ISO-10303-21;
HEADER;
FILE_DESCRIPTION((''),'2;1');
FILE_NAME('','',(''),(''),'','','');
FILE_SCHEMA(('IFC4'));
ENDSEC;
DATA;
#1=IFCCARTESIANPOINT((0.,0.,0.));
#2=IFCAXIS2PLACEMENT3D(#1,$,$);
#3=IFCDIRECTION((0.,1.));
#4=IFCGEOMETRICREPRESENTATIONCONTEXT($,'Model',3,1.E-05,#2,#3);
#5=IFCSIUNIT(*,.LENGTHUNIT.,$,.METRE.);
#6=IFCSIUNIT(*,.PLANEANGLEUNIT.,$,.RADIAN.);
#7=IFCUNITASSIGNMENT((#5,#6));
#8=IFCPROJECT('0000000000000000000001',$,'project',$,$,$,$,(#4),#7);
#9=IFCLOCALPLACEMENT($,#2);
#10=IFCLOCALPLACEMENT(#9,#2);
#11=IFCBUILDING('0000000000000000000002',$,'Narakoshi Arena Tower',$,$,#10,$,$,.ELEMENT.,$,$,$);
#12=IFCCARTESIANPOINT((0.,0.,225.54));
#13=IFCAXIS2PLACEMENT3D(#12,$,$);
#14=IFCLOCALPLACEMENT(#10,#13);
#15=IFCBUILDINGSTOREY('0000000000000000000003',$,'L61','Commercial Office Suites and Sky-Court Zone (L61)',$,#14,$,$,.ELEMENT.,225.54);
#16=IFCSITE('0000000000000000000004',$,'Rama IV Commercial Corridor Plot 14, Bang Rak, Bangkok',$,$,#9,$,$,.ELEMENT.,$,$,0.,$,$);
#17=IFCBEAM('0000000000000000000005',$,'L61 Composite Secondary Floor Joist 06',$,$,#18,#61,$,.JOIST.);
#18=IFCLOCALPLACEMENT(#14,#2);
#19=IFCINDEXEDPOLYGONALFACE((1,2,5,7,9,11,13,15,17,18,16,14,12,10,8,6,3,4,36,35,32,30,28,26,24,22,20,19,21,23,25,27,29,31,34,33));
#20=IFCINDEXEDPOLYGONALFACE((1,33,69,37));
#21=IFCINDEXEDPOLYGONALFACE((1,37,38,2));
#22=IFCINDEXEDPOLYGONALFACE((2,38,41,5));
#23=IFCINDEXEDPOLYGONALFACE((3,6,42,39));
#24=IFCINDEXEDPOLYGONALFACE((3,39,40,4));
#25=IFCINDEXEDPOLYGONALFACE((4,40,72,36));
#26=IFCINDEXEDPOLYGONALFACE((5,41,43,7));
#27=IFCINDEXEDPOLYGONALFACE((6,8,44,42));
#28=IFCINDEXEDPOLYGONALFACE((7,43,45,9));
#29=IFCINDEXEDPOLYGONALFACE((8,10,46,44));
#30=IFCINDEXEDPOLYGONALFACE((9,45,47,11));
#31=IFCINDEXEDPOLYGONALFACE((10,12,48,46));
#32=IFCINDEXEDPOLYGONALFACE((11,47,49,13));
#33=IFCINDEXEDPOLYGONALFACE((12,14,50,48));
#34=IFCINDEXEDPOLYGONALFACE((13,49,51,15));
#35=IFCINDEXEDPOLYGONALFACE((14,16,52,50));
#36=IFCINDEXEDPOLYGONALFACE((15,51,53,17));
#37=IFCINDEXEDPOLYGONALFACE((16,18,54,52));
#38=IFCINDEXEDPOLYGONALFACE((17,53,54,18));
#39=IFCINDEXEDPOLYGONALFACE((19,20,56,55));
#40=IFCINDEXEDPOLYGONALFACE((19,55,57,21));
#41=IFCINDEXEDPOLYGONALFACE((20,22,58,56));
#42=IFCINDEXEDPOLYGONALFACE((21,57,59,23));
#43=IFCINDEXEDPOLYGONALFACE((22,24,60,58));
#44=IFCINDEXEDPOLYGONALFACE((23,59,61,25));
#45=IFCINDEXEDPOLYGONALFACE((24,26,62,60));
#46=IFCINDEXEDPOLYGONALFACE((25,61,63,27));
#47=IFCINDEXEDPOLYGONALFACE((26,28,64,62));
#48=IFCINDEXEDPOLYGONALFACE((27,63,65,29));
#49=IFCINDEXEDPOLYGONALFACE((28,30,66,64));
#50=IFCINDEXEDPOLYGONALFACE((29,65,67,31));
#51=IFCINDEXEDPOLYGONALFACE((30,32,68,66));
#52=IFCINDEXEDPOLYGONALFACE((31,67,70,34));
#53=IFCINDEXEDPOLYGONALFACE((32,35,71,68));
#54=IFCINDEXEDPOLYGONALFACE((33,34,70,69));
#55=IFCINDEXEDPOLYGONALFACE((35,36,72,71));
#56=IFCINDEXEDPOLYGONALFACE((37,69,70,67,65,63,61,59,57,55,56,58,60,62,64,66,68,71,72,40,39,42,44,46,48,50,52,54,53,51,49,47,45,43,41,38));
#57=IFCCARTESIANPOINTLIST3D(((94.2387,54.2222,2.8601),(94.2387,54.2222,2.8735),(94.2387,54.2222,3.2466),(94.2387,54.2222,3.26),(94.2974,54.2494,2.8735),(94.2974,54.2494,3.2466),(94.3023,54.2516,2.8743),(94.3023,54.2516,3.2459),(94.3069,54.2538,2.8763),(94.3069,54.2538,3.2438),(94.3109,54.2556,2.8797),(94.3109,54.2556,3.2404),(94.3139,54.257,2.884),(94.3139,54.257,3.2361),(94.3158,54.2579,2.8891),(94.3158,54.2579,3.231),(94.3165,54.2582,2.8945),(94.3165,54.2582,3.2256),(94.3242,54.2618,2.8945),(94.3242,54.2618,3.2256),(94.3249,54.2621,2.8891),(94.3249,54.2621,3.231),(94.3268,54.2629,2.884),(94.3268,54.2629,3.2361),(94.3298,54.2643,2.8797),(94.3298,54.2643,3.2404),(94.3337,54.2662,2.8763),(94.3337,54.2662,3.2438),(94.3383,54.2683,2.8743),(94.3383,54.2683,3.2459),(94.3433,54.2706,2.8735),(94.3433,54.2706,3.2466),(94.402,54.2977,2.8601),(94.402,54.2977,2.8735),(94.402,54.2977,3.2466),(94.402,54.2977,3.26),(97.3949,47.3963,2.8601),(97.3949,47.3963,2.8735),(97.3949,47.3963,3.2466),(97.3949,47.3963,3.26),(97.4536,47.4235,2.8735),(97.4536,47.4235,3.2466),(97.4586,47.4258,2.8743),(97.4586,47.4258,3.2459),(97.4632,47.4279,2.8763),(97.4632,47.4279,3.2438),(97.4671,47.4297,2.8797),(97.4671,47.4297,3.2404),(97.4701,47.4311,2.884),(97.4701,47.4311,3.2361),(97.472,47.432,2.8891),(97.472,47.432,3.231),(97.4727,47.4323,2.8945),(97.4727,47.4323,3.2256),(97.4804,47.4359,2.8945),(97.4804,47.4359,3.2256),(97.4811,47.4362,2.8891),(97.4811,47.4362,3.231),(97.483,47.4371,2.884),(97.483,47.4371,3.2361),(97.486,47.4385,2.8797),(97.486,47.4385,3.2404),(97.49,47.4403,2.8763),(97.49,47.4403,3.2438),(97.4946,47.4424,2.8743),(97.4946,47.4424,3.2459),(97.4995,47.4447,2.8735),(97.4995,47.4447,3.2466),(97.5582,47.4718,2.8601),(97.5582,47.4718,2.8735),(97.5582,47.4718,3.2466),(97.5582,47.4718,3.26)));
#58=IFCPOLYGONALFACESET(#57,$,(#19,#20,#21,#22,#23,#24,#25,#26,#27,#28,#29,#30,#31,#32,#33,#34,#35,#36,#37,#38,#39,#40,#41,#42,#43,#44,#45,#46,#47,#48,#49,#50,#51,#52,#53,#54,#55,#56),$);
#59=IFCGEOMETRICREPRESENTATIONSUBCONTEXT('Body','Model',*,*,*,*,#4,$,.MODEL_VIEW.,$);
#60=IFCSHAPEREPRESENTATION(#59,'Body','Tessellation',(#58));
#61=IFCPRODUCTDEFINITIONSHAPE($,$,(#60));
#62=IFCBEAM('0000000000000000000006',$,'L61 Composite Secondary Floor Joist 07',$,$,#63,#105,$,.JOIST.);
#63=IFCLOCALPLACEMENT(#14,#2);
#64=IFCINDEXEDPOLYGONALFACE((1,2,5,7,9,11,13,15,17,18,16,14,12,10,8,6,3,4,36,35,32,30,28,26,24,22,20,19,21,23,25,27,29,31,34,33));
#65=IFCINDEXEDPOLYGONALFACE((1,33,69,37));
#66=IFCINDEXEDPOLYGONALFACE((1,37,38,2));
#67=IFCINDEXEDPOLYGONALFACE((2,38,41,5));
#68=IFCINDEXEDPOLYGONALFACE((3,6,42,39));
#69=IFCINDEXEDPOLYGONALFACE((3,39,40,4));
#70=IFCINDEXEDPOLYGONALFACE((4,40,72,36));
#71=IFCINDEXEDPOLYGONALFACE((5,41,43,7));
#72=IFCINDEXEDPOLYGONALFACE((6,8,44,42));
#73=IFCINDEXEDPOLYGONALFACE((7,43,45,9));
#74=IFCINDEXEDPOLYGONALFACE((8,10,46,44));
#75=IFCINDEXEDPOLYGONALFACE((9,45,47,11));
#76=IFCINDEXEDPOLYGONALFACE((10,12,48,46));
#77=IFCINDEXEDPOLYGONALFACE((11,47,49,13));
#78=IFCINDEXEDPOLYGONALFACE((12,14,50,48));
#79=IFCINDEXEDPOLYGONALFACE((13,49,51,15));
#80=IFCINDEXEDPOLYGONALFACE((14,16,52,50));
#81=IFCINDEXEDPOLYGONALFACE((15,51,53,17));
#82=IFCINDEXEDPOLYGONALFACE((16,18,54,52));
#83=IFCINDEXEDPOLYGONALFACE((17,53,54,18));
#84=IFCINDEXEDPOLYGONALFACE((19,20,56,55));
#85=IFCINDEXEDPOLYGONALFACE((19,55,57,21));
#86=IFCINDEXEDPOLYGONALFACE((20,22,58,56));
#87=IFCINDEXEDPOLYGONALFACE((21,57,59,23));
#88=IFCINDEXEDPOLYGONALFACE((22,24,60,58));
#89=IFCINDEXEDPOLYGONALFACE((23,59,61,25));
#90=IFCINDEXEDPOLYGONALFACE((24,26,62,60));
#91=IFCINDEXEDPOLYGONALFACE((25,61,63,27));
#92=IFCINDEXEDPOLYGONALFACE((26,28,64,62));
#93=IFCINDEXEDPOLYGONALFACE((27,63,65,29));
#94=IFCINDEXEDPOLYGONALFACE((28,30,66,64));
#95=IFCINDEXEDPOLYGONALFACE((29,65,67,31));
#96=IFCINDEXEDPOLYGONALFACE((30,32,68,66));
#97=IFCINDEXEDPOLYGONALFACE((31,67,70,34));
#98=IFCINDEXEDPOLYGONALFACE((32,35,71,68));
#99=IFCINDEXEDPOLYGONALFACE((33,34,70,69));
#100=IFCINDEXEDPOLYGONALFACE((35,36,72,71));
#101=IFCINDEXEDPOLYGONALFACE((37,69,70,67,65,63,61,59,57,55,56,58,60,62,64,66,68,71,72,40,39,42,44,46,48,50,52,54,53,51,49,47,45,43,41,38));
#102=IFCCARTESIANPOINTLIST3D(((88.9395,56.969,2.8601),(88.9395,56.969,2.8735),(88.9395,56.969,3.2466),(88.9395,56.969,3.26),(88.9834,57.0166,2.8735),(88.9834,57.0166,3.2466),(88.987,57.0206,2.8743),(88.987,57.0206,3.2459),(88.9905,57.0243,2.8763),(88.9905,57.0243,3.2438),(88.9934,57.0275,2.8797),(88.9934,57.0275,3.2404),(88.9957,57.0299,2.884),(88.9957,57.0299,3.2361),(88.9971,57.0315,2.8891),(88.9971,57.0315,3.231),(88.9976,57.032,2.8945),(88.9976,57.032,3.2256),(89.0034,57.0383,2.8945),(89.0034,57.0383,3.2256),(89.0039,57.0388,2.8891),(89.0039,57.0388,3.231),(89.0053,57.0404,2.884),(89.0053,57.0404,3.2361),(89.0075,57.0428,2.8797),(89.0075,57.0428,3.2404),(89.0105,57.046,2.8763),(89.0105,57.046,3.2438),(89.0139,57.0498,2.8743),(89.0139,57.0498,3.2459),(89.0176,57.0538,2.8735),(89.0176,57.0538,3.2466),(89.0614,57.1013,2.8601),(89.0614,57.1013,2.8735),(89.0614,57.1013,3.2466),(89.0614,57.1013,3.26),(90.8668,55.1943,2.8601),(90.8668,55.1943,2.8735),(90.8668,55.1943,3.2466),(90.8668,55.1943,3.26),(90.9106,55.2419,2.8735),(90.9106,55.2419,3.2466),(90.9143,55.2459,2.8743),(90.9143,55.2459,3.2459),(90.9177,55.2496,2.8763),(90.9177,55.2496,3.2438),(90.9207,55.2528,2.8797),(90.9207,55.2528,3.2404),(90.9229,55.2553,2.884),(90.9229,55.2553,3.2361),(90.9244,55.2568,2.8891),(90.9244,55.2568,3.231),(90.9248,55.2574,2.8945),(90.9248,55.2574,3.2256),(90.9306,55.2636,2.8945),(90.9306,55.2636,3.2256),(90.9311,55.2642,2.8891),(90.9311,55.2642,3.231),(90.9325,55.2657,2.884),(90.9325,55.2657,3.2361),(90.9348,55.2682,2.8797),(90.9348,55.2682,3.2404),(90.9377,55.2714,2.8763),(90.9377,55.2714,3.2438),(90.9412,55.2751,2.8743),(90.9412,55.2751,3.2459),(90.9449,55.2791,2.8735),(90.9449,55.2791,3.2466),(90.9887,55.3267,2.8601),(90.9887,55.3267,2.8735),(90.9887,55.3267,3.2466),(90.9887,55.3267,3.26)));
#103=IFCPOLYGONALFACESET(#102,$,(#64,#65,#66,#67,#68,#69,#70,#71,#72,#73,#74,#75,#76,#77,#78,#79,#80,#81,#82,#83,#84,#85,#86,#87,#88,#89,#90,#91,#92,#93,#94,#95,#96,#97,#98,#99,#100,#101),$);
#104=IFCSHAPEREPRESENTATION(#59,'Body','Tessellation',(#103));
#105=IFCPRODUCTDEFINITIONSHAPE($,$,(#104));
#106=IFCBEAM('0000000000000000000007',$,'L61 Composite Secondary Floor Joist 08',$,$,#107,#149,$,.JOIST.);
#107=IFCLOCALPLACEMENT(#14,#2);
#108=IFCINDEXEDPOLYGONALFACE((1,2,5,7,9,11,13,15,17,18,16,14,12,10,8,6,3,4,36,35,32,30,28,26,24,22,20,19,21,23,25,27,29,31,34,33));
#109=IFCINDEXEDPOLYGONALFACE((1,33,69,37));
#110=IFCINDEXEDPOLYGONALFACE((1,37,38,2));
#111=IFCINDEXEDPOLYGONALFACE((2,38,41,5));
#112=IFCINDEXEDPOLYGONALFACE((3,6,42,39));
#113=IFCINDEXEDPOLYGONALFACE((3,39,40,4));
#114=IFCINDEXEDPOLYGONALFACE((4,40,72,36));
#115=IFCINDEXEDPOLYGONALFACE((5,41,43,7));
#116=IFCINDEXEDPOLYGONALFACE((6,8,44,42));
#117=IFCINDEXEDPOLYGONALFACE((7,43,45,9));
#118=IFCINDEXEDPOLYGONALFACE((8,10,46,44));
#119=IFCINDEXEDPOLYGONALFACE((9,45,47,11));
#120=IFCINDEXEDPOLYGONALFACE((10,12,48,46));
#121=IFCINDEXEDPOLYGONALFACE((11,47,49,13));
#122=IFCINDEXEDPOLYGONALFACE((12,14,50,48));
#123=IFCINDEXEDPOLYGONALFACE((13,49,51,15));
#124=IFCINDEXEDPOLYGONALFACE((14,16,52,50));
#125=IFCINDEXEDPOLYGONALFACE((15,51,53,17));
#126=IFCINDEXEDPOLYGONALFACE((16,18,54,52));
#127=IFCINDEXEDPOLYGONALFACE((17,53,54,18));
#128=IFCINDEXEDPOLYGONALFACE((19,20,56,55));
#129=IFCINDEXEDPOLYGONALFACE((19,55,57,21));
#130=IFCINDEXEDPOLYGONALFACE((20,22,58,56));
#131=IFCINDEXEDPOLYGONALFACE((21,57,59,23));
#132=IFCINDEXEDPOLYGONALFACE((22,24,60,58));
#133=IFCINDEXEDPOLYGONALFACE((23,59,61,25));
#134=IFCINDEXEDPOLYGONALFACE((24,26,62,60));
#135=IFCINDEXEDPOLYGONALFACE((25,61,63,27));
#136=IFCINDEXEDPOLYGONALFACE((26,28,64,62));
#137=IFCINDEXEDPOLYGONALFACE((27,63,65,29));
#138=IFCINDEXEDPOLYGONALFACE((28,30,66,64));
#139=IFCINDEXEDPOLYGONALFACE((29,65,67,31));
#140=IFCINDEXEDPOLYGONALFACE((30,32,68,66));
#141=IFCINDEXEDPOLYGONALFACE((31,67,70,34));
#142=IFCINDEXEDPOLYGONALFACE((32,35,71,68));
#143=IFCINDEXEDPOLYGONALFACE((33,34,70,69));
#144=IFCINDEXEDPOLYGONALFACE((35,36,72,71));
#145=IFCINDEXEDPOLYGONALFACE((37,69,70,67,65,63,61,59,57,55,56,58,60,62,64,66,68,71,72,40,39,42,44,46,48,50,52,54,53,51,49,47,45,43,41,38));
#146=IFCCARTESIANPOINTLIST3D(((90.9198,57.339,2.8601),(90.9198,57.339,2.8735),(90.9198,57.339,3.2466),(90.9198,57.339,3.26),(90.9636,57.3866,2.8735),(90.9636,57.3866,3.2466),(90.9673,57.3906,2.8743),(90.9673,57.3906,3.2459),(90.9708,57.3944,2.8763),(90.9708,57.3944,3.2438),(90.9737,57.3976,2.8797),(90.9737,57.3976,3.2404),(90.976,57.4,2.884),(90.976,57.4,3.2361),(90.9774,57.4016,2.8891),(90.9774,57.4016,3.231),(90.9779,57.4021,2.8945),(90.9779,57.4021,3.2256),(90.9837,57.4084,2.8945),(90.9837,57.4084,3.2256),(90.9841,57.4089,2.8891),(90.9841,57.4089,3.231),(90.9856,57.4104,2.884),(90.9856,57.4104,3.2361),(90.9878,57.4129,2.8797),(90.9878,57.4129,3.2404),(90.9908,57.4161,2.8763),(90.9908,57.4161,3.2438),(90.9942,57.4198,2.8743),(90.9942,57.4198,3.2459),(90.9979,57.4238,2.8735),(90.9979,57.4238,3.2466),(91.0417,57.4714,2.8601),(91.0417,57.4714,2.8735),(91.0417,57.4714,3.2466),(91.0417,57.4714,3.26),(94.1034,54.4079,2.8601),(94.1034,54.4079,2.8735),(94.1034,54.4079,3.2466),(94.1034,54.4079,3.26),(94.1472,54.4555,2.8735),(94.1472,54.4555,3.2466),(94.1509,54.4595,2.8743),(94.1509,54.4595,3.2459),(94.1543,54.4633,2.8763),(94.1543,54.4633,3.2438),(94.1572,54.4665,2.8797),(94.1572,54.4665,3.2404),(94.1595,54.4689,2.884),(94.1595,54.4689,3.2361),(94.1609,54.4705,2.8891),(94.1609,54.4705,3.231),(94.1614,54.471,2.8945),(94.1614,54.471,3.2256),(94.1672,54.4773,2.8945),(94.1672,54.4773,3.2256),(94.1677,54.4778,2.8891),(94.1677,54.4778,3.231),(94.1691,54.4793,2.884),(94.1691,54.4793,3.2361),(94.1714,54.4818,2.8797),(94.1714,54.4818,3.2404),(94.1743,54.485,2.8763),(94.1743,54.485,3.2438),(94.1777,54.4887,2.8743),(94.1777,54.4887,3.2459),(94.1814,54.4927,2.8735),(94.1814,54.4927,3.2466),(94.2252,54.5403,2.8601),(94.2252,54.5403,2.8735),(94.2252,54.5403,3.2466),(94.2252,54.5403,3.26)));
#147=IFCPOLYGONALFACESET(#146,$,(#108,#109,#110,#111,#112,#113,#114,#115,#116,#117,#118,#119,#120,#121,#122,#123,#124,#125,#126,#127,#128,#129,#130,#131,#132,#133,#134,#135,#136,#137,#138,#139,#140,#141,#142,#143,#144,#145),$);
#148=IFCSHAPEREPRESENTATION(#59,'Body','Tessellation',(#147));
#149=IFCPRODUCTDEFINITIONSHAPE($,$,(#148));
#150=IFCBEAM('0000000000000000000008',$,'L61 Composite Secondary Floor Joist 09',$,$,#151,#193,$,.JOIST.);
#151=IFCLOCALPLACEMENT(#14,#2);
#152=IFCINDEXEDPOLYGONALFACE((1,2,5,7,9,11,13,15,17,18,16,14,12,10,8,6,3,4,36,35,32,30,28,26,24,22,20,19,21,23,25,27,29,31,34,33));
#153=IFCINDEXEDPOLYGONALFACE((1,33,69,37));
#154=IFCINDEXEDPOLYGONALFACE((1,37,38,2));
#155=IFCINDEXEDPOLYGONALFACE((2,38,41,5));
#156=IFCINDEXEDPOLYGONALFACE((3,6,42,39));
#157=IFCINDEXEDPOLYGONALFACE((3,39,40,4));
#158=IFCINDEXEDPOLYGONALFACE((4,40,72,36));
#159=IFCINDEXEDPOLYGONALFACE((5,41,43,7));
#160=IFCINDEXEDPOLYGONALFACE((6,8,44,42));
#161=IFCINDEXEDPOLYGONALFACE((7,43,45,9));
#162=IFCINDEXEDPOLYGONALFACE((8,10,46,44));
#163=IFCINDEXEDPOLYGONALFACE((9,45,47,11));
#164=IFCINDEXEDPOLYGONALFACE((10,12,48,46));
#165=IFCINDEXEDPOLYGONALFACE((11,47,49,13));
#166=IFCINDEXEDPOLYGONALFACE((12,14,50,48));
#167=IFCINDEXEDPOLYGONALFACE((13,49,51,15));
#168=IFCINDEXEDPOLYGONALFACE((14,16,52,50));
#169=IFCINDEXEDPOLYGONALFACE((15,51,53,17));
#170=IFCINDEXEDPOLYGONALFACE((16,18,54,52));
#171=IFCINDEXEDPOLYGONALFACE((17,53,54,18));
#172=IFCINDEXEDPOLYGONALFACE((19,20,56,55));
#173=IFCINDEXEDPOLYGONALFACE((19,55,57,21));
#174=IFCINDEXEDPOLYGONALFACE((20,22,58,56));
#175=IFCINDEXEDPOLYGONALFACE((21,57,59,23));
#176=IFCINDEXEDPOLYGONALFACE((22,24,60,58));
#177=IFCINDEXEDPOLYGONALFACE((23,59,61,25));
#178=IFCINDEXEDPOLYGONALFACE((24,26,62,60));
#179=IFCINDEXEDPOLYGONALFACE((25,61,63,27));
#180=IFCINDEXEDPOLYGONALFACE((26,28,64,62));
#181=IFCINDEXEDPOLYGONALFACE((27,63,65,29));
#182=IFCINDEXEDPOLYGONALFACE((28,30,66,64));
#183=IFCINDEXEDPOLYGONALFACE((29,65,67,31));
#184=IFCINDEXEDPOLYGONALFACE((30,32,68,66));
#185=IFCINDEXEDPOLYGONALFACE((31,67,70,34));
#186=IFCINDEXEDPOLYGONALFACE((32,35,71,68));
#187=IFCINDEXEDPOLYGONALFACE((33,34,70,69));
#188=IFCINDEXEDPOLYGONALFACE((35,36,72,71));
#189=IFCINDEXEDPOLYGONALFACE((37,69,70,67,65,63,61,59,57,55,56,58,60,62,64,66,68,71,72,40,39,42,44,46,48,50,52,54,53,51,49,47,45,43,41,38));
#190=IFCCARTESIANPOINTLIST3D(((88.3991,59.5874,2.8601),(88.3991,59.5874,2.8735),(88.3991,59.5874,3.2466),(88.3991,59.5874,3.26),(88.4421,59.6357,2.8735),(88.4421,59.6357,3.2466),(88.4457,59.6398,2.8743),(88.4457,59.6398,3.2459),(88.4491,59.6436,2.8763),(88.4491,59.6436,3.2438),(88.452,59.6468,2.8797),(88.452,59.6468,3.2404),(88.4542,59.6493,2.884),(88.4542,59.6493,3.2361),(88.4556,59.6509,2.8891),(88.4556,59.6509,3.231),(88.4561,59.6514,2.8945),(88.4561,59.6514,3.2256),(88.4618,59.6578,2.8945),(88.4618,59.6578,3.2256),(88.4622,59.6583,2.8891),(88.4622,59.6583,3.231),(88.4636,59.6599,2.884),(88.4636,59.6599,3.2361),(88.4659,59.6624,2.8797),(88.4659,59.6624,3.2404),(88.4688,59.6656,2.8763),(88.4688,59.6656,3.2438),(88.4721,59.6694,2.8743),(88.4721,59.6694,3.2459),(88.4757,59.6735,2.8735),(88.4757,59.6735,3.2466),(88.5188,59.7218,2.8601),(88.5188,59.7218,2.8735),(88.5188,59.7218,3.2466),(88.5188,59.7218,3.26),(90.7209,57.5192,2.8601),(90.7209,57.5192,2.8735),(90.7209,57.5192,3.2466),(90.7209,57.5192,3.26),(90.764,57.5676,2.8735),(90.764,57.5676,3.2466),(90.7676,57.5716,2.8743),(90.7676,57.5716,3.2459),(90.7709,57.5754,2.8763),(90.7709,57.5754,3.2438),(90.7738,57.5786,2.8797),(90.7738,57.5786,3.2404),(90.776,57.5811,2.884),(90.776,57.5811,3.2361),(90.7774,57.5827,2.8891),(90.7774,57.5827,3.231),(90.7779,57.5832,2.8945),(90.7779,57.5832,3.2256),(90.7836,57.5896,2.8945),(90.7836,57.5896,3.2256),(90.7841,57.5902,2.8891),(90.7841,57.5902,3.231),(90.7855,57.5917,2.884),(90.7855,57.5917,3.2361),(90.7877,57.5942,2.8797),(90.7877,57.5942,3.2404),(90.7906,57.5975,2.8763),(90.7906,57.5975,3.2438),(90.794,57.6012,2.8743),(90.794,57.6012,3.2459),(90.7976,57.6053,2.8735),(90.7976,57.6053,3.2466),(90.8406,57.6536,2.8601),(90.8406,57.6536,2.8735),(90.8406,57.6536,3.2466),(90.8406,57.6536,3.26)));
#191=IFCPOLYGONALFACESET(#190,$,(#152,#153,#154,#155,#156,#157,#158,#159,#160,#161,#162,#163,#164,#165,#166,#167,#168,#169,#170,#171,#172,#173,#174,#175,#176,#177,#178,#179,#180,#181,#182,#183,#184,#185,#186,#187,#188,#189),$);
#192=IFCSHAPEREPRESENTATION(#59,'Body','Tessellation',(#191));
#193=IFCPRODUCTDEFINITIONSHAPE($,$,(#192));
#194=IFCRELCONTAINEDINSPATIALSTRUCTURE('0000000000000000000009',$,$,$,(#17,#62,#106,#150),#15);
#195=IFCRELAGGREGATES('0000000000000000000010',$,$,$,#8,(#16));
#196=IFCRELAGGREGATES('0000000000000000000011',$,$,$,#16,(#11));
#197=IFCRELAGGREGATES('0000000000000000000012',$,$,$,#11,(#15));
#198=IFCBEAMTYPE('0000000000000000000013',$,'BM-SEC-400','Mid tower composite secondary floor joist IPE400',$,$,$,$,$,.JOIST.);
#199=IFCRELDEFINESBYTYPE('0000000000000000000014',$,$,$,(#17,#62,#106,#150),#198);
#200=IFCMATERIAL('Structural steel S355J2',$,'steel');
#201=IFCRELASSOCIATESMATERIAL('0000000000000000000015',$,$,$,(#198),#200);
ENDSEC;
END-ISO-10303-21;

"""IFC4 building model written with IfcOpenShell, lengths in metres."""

from ifc_helpers import new_model, si_unit, direction, frame, origin, origin_2d, place, context, subcontext, project, spatial, i_section, extrude, material, material_profile, profile_set, type_object, element, save


model = new_model("IFC4")

# Units and contexts
model_context = context("Model", 3, precision=1e-05, world=origin(), true_north=direction((0.0, 1.0)))
body_context = subcontext(model_context, "Body", "Model", "MODEL_VIEW")
ifc_project = project(units=[si_unit("LENGTHUNIT", "METRE"), si_unit("PLANEANGLEUNIT", "RADIAN")], contexts=[model_context])

# Site, building, storey
site_placement = place(None, origin())
site = spatial("IfcSite", under=ifc_project, at=site_placement, Name="Rama IV Commercial Corridor Plot 14, Bang Rak, Bangkok", CompositionType="ELEMENT", RefElevation=0.0)
building_placement = place(site_placement, origin())
building = spatial("IfcBuilding", under=site, at=building_placement, Name="Narakoshi Arena Tower", CompositionType="ELEMENT")
storey_placement = place(building_placement, frame((0.0, 0.0, 225.54)))
storey = spatial("IfcBuildingStorey", under=building, at=storey_placement, Name="L61", Description="Commercial Office Suites and Sky-Court Zone (L61)", CompositionType="ELEMENT", Elevation=225.54)

# Beams
ifc_material_1 = material(Name="Structural steel S355J2", Category="steel")
ifc_material_profile_1 = material_profile(ifc_material_1, i_section(OverallWidth=0.1799, OverallDepth=0.3999, WebThickness=0.0085, FlangeThickness=0.0134, FilletRadius=0.021, at=origin_2d()), Name="IPE400")
ifc_profile_set_1 = profile_set([ifc_material_profile_1], Name="Structural steel S355J2")
beam_type_1 = type_object("IfcBeamType", Name="BM-SEC-400", Description="Mid tower composite secondary floor joist IPE400", PredefinedType="JOIST", material=ifc_profile_set_1)
beam_1_placement = place(storey_placement, frame((97.4766, 47.4341, 3.0601), z_axis=(-0.419696, 0.907665, 0.0), x_axis=(-0.907665, -0.419696, 0.0)))
element("IfcBeam", 1, at=beam_1_placement, inside=storey, type_object=beam_type_1, Name="L61 Composite Secondary Floor Joist 06", PredefinedType="JOIST", context=body_context, shape_type="SweptSolid", body=[
    extrude(i_section(OverallWidth=0.1799, OverallDepth=0.3999, WebThickness=0.0085, FlangeThickness=0.0134, FilletRadius=0.021, at=origin_2d()), origin(), (0.0, 0.0, 1.0), 7.5203),
])
beam_2_placement = place(storey_placement, frame((90.9277, 55.2605, 3.0601), z_axis=(-0.735628, 0.677386, 0.0), x_axis=(-0.677386, -0.735628, 0.0)))
element("IfcBeam", 2, at=beam_2_placement, inside=storey, type_object=beam_type_1, Name="L61 Composite Secondary Floor Joist 07", PredefinedType="JOIST", context=body_context, shape_type="SweptSolid", body=[
    extrude(i_section(OverallWidth=0.1799, OverallDepth=0.3999, WebThickness=0.0085, FlangeThickness=0.0134, FilletRadius=0.021, at=origin_2d()), origin(), (0.0, 0.0, 1.0), 2.6199),
])
beam_3_placement = place(storey_placement, frame((94.1643, 54.4741, 3.0601), z_axis=(-0.735672, 0.677338, 0.0), x_axis=(-0.677338, -0.735672, 0.0)))
element("IfcBeam", 3, at=beam_3_placement, inside=storey, type_object=beam_type_1, Name="L61 Composite Secondary Floor Joist 08", PredefinedType="JOIST", context=body_context, shape_type="SweptSolid", body=[
    extrude(i_section(OverallWidth=0.1799, OverallDepth=0.3999, WebThickness=0.0085, FlangeThickness=0.0134, FilletRadius=0.021, at=origin_2d()), origin(), (0.0, 0.0, 1.0), 4.3274),
])
beam_4_placement = place(storey_placement, frame((90.7808, 57.5864, 3.0601), z_axis=(-0.74672, 0.665138, 0.0), x_axis=(-0.665138, -0.74672, 0.0)))
element("IfcBeam", 4, at=beam_4_placement, inside=storey, type_object=beam_type_1, Name="L61 Composite Secondary Floor Joist 09", PredefinedType="JOIST", context=body_context, shape_type="SweptSolid", body=[
    extrude(i_section(OverallWidth=0.1799, OverallDepth=0.3999, WebThickness=0.0085, FlangeThickness=0.0134, FilletRadius=0.021, at=origin_2d()), origin(), (0.0, 0.0, 1.0), 3.1094),
])

save(model, "model.ifc")
